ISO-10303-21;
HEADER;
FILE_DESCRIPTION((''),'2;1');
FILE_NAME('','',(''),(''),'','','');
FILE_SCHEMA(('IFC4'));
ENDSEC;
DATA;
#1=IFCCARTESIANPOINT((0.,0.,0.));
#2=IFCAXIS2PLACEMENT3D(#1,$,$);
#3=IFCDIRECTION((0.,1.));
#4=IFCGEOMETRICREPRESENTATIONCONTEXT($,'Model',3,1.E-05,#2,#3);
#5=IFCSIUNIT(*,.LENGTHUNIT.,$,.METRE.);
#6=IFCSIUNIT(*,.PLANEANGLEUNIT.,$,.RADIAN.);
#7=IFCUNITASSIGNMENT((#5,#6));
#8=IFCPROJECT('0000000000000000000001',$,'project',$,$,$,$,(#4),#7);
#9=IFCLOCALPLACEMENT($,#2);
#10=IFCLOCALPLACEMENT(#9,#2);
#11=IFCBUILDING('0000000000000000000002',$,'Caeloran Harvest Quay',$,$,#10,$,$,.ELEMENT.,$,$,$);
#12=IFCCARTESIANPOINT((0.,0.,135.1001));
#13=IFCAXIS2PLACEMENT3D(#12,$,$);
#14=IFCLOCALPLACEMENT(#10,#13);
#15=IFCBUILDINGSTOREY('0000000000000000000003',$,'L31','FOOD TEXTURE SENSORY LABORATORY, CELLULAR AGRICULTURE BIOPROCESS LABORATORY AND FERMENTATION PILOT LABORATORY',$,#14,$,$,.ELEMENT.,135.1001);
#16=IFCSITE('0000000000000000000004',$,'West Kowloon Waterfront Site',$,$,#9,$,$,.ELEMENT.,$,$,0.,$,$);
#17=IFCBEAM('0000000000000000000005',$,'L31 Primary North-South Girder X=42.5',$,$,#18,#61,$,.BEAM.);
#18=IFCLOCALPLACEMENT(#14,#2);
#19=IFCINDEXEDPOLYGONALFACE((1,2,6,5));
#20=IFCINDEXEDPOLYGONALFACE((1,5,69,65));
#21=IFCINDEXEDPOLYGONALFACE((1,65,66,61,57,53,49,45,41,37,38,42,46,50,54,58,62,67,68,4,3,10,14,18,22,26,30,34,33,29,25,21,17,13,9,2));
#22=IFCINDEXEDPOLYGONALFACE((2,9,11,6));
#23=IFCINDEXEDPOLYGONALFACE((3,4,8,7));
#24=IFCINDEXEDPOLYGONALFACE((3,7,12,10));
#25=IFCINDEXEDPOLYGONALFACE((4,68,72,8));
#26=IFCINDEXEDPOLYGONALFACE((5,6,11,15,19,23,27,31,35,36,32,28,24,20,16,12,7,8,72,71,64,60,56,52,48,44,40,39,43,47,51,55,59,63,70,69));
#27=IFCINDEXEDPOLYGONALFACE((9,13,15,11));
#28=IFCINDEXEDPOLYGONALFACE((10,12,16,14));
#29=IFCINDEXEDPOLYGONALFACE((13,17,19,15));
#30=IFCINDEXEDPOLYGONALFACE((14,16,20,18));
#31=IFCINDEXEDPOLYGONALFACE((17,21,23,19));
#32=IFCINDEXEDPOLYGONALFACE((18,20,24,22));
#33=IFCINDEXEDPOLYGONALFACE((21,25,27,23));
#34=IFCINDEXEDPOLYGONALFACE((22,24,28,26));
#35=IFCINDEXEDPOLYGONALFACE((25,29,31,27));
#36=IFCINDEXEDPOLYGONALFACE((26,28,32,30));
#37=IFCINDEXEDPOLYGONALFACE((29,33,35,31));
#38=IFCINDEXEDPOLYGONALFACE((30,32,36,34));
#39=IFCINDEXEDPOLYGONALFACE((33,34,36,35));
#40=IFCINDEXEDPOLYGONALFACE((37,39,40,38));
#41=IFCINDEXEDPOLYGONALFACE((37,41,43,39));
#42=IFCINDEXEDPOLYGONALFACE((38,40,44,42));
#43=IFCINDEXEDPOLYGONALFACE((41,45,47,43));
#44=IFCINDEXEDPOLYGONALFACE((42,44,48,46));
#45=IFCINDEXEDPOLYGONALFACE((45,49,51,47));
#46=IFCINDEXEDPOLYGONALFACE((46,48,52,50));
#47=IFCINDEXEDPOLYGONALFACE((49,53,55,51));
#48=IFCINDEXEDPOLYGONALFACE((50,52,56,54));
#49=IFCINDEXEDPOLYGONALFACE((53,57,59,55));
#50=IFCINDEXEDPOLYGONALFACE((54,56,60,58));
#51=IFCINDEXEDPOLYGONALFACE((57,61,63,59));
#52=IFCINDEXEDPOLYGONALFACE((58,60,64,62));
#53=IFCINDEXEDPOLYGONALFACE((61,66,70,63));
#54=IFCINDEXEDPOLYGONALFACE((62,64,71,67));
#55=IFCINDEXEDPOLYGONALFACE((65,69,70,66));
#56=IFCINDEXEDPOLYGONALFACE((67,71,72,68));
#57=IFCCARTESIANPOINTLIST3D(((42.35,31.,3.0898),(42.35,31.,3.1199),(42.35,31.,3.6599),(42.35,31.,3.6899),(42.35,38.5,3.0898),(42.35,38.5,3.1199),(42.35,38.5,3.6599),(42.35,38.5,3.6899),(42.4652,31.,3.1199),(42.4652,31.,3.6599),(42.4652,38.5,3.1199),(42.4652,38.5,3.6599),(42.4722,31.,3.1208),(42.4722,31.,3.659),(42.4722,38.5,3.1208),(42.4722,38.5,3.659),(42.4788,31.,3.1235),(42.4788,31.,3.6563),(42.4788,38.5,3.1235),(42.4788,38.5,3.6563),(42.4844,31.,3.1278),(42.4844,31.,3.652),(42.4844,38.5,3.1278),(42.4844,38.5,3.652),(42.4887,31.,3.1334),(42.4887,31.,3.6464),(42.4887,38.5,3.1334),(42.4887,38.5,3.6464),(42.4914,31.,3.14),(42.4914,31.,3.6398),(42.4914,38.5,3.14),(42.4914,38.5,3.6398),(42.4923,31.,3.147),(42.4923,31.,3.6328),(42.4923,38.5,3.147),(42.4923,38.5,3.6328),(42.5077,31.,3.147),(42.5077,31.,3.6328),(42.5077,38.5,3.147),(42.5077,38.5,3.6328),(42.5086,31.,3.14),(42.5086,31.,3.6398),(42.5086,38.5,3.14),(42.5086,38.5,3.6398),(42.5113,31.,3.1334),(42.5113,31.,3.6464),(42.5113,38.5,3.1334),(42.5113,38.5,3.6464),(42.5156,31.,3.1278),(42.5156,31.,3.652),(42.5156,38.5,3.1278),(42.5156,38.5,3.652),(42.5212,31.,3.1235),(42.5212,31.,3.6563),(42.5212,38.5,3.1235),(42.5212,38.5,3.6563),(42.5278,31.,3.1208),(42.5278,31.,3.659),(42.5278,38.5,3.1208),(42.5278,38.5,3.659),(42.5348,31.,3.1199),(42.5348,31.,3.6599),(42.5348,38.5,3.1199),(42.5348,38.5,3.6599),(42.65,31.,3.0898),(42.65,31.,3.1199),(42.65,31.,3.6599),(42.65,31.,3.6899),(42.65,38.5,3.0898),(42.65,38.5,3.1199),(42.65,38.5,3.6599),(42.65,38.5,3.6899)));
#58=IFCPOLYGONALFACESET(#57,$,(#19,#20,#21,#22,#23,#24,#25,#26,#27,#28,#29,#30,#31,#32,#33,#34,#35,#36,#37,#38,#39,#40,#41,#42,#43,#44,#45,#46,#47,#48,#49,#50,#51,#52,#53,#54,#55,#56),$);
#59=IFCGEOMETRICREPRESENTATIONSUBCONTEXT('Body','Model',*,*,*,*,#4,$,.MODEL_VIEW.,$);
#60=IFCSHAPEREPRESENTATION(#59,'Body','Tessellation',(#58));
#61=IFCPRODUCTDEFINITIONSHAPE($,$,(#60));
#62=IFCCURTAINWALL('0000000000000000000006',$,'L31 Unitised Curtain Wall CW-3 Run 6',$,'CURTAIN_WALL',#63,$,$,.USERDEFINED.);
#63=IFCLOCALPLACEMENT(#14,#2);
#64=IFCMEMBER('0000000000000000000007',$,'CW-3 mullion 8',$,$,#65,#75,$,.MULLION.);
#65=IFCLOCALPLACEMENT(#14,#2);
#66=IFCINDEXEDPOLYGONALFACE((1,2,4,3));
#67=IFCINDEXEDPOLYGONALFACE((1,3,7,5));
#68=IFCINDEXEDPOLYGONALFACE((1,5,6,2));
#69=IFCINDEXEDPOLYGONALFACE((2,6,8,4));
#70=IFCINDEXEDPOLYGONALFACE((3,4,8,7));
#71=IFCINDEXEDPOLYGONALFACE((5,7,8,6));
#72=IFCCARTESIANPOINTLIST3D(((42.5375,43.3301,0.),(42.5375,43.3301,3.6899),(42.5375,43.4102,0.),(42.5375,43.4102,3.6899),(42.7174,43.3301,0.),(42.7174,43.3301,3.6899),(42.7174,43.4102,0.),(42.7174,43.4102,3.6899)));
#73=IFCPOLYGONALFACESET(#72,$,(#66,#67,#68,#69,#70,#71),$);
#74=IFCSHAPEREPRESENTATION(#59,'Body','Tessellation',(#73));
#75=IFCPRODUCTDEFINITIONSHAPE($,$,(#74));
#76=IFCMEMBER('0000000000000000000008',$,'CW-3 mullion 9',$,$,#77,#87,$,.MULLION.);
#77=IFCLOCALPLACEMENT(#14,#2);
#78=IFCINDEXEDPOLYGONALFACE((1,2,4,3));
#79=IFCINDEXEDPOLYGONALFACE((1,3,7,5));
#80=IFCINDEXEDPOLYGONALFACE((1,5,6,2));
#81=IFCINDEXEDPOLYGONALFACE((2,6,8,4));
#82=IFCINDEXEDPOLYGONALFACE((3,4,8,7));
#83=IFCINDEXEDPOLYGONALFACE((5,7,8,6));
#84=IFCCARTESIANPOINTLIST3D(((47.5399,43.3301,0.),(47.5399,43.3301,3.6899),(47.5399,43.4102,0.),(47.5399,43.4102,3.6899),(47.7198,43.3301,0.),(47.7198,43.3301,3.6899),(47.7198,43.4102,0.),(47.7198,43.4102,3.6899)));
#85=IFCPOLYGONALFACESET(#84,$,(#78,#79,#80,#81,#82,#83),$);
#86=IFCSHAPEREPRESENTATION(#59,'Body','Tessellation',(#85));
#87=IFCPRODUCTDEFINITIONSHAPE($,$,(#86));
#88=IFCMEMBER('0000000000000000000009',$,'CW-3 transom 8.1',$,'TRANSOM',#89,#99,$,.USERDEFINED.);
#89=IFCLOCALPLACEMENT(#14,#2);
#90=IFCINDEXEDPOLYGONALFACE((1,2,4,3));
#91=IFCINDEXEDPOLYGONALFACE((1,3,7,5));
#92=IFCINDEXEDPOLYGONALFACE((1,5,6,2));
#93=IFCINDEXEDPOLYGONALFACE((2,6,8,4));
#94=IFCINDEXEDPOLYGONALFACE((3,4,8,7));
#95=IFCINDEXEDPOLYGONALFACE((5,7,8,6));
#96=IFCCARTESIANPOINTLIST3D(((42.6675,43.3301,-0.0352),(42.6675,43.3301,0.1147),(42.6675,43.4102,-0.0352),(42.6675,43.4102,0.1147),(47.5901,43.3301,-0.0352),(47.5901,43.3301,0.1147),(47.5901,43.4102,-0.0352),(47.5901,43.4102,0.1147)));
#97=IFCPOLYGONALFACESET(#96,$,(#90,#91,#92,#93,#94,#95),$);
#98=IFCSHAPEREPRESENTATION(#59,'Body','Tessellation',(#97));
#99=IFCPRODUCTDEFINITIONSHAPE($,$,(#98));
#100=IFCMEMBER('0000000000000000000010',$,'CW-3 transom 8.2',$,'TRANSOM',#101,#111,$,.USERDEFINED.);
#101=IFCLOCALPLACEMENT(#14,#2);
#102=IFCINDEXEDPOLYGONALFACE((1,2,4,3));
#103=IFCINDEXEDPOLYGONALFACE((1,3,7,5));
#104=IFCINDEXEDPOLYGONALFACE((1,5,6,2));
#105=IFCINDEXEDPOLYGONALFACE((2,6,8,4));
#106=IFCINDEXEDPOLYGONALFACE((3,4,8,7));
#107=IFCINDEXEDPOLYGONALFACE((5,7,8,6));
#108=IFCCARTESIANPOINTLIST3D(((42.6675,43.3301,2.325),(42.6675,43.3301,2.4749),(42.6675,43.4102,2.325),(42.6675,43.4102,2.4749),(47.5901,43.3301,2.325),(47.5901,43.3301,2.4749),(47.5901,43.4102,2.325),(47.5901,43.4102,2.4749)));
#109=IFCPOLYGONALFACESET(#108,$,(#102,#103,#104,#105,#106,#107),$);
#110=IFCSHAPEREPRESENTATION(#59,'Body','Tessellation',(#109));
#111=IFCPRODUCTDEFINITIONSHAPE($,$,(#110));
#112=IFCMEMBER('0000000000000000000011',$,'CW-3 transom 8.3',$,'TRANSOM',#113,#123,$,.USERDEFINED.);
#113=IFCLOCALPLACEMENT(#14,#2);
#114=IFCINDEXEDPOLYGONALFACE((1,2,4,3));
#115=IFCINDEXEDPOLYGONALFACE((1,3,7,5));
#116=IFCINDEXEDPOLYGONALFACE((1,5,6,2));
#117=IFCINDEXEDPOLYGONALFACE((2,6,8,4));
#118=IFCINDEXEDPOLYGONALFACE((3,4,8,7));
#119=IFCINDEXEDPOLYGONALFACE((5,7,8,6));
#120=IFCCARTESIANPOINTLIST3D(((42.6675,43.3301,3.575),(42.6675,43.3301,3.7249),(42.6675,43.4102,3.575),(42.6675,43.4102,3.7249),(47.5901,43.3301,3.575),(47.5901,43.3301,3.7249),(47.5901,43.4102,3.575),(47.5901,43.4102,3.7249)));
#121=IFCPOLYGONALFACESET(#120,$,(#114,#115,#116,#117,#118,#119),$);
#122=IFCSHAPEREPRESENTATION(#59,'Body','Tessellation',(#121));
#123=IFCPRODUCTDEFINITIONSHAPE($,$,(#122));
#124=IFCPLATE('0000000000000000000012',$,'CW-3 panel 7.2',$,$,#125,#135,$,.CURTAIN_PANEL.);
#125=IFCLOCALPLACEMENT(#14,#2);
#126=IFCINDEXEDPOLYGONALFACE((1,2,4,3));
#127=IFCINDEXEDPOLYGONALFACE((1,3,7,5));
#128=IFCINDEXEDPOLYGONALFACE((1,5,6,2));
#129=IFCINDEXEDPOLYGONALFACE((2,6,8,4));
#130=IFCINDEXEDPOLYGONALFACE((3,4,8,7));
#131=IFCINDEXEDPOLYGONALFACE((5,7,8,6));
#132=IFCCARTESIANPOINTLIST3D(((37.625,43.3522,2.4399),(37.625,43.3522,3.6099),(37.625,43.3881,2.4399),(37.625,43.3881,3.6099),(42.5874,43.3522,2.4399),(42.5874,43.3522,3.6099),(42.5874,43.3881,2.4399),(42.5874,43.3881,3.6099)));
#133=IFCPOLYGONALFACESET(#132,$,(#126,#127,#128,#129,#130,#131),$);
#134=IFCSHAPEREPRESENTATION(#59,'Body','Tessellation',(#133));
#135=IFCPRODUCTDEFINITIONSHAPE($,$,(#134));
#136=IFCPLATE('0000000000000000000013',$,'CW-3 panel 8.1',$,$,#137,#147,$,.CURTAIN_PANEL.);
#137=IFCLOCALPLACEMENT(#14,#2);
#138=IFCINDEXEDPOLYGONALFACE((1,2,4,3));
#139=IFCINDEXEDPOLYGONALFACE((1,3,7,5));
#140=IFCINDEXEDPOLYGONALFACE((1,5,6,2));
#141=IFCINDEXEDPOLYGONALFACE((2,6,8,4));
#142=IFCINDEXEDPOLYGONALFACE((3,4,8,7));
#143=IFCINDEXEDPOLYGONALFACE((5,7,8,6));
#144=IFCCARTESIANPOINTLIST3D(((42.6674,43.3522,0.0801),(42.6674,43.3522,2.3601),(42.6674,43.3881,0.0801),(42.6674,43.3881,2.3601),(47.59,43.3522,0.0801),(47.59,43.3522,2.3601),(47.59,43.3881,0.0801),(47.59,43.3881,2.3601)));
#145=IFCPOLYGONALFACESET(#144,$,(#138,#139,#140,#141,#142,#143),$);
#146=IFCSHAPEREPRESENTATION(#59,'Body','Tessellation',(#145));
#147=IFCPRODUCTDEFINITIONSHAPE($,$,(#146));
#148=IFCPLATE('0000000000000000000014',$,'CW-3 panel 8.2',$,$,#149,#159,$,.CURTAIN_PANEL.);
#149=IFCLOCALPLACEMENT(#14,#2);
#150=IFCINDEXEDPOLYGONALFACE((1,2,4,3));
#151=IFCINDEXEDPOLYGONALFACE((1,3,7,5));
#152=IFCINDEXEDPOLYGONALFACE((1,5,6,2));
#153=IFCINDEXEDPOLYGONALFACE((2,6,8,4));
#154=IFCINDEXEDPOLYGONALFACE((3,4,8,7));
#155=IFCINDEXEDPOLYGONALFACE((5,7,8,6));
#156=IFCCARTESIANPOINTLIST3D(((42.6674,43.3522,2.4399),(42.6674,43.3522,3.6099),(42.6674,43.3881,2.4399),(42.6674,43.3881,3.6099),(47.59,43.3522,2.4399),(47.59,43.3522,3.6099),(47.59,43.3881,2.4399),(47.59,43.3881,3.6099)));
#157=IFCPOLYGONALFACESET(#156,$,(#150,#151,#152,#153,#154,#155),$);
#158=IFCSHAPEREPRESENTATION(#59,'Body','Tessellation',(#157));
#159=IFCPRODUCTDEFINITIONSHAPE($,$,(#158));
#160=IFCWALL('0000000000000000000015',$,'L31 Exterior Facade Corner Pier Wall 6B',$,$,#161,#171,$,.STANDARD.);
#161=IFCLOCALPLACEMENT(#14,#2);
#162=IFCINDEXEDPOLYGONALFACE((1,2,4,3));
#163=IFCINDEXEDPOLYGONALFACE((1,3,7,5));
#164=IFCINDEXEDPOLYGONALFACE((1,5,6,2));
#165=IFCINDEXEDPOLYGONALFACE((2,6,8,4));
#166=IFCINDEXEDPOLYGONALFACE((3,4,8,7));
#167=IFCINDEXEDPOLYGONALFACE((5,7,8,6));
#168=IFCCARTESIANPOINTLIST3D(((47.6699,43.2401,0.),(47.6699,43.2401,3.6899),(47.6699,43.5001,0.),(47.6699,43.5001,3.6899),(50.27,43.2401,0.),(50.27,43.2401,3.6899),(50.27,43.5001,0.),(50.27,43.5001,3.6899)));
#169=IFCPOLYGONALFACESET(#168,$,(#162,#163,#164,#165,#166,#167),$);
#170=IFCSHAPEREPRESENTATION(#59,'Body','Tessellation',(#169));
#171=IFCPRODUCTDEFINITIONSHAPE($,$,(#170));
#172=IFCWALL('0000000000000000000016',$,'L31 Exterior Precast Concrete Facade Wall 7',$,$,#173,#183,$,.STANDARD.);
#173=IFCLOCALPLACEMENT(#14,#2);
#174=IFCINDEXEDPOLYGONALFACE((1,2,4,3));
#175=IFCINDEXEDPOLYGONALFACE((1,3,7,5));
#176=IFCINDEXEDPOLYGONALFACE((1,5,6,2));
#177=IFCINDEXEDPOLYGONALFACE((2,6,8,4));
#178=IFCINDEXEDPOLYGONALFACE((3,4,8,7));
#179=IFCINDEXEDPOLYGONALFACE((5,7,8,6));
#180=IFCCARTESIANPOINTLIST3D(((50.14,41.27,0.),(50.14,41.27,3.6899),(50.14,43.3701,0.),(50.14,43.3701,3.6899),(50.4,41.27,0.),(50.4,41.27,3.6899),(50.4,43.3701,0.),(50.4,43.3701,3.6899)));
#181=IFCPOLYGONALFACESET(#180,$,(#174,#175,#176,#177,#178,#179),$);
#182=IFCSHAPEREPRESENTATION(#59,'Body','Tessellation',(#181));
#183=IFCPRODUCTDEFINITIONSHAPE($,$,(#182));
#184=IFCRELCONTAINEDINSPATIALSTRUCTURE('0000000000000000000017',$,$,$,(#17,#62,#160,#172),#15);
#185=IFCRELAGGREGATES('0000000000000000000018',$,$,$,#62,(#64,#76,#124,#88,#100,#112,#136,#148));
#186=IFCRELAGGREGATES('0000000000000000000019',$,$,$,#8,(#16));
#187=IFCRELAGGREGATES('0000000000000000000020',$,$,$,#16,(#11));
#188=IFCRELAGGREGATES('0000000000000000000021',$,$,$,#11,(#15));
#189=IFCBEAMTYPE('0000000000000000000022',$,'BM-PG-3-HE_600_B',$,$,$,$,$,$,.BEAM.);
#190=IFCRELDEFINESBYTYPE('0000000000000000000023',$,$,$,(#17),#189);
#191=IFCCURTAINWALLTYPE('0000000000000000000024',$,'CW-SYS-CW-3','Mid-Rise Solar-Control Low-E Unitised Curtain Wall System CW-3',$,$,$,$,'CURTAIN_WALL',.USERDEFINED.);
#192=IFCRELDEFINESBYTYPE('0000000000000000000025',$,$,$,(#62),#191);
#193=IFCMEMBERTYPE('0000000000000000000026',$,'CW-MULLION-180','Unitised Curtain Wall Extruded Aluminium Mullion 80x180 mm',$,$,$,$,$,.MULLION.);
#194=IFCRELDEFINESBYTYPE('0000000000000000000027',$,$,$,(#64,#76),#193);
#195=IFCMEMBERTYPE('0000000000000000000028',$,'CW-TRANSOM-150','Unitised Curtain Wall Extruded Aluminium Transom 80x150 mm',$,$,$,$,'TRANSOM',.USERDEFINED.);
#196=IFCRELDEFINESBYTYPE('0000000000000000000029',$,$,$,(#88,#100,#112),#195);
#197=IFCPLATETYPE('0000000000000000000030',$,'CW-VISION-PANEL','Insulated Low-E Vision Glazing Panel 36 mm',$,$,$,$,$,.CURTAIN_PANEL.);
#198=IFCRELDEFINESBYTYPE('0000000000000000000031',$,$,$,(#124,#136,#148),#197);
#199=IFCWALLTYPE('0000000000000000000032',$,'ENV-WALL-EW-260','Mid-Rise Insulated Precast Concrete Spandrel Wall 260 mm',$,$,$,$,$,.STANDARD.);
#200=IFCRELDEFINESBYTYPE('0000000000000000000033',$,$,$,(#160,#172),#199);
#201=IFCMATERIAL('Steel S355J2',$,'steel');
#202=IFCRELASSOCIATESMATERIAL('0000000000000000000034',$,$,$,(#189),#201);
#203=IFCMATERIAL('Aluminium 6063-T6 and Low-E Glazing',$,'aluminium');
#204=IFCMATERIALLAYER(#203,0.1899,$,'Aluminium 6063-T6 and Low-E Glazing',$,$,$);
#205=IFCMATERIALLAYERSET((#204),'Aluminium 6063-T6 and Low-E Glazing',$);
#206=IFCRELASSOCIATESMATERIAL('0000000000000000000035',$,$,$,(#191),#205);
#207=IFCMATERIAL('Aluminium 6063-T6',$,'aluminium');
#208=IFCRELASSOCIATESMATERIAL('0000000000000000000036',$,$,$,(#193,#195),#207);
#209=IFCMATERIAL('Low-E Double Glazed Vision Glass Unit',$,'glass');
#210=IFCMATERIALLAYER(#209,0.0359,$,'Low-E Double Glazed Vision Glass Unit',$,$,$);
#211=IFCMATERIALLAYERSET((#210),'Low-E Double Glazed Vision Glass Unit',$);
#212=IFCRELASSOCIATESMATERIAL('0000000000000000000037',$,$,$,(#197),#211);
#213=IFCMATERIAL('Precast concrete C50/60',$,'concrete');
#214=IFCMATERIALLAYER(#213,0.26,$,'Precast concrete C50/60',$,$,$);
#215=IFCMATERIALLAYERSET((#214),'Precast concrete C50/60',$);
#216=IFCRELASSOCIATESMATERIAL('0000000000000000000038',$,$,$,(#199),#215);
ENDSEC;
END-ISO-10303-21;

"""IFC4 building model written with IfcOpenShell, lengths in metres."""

from ifc_helpers import new_model, si_unit, direction, frame, frame_2d, origin, origin_2d, place, context, subcontext, project, spatial, rectangle, i_section, extrude, material, layer, layer_set, material_profile, profile_set, type_object, element, aggregate, save


model = new_model("IFC4")

# Units and contexts
model_context = context("Model", 3, precision=1e-05, world=origin(), true_north=direction((0.0, 1.0)))
body_context = subcontext(model_context, "Body", "Model", "MODEL_VIEW")
ifc_project = project(units=[si_unit("LENGTHUNIT", "METRE"), si_unit("PLANEANGLEUNIT", "RADIAN")], contexts=[model_context])

# Site, building, storey
site_placement = place(None, origin())
site = spatial("IfcSite", under=ifc_project, at=site_placement, Name="West Kowloon Waterfront Site", CompositionType="ELEMENT", RefElevation=0.0)
building_placement = place(site_placement, origin())
building = spatial("IfcBuilding", under=site, at=building_placement, Name="Caeloran Harvest Quay", CompositionType="ELEMENT")
storey_placement = place(building_placement, frame((0.0, 0.0, 135.1001)))
storey = spatial("IfcBuildingStorey", under=building, at=storey_placement, Name="L31", Description="FOOD TEXTURE SENSORY LABORATORY, CELLULAR AGRICULTURE BIOPROCESS LABORATORY AND FERMENTATION PILOT LABORATORY", CompositionType="ELEMENT", Elevation=135.1001)

# Beam
ifc_material_1 = material(Name="Steel S355J2", Category="steel")
ifc_material_profile_1 = material_profile(ifc_material_1, i_section(OverallWidth=0.3, OverallDepth=0.6001, WebThickness=0.0154, FlangeThickness=0.03, FilletRadius=0.0271, at=origin_2d()), Name="HE 600 B")
ifc_profile_set_1 = profile_set([ifc_material_profile_1], Name="Steel S355J2")
beam_type = type_object("IfcBeamType", Name="BM-PG-3-HE_600_B", PredefinedType="BEAM", material=ifc_profile_set_1)
beam_1_placement = place(storey_placement, frame((42.5, 31.0, 3.3899), z_axis=(0.0, 1.0, 0.0), x_axis=(-1.0, 0.0, 0.0)))
element("IfcBeam", 1, at=beam_1_placement, inside=storey, type_object=beam_type, Name="L31 Primary North-South Girder X=42.5", PredefinedType="BEAM", context=body_context, shape_type="SweptSolid", body=[
    extrude(i_section(OverallWidth=0.3, OverallDepth=0.6001, WebThickness=0.0154, FlangeThickness=0.03, FilletRadius=0.0271, at=origin_2d()), origin(), (0.0, 0.0, 1.0), 7.5),
])

# Curtain wall, members, plates
ifc_material_2 = material(Name="Aluminium 6063-T6 and Low-E Glazing", Category="aluminium")
ifc_layer_1 = layer(ifc_material_2, 0.1899, Name="Aluminium 6063-T6 and Low-E Glazing")
ifc_layer_set_1 = layer_set([ifc_layer_1], Name="Aluminium 6063-T6 and Low-E Glazing")
curtain_wall_type = type_object("IfcCurtainWallType", Name="CW-SYS-CW-3", Description="Mid-Rise Solar-Control Low-E Unitised Curtain Wall System CW-3", ElementType="CURTAIN_WALL", PredefinedType="USERDEFINED", material=ifc_layer_set_1)
curtain_wall_placement = place(storey_placement, origin())
curtain_wall = element("IfcCurtainWall", 2, at=curtain_wall_placement, inside=storey, type_object=curtain_wall_type, Name="L31 Unitised Curtain Wall CW-3 Run 6", ObjectType="CURTAIN_WALL", PredefinedType="USERDEFINED")
ifc_material_3 = material(Name="Aluminium 6063-T6", Category="aluminium")
ifc_material_profile_2 = material_profile(ifc_material_3, rectangle(XDim=0.0801, YDim=0.1799, at=origin_2d()), Name="CW-MULLION-180")
ifc_profile_set_2 = profile_set([ifc_material_profile_2], Name="Aluminium 6063-T6")
member_type_1 = type_object("IfcMemberType", Name="CW-MULLION-180", Description="Unitised Curtain Wall Extruded Aluminium Mullion 80x180 mm", PredefinedType="MULLION", material=ifc_profile_set_2)
member_1_placement = place(storey_placement, frame((42.6274, 43.3701, 0.0), z_axis=(0.0, 0.0, 1.0), x_axis=(0.0, 1.0, 0.0)))
member_1 = element("IfcMember", 3, at=member_1_placement, type_object=member_type_1, Name="CW-3 mullion 8", PredefinedType="MULLION", context=body_context, shape_type="SweptSolid", body=[
    extrude(rectangle(XDim=0.0801, YDim=0.1799, at=origin_2d()), origin(), (0.0, 0.0, 1.0), 3.6899),
])
member_2_placement = place(storey_placement, frame((47.6299, 43.3701, 0.0), z_axis=(0.0, 0.0, 1.0), x_axis=(0.0, 1.0, 0.0)))
member_2 = element("IfcMember", 4, at=member_2_placement, type_object=member_type_1, Name="CW-3 mullion 9", PredefinedType="MULLION", context=body_context, shape_type="SweptSolid", body=[
    extrude(rectangle(XDim=0.0801, YDim=0.1799, at=origin_2d()), origin(), (0.0, 0.0, 1.0), 3.6899),
])
ifc_material_profile_3 = material_profile(ifc_material_3, rectangle(XDim=0.0801, YDim=0.1499, at=origin_2d()), Name="CW-TRANSOM-150")
ifc_profile_set_3 = profile_set([ifc_material_profile_3], Name="Aluminium 6063-T6")
member_type_2 = type_object("IfcMemberType", Name="CW-TRANSOM-150", Description="Unitised Curtain Wall Extruded Aluminium Transom 80x150 mm", ElementType="TRANSOM", PredefinedType="USERDEFINED", material=ifc_profile_set_3)
member_3_placement = place(storey_placement, frame((42.6675, 43.3701, 0.0398), z_axis=(1.0, 0.0, 0.0), x_axis=(0.0, 1.0, 0.0)))
member_3 = element("IfcMember", 5, at=member_3_placement, type_object=member_type_2, Name="CW-3 transom 8.1", ObjectType="TRANSOM", PredefinedType="USERDEFINED", context=body_context, shape_type="SweptSolid", body=[
    extrude(rectangle(XDim=0.0801, YDim=0.1499, at=origin_2d()), origin(), (0.0, 0.0, 1.0), 4.9226),
])
member_4_placement = place(storey_placement, frame((42.6675, 43.3701, 2.3999), z_axis=(1.0, 0.0, 0.0), x_axis=(0.0, 1.0, 0.0)))
member_4 = element("IfcMember", 6, at=member_4_placement, type_object=member_type_2, Name="CW-3 transom 8.2", ObjectType="TRANSOM", PredefinedType="USERDEFINED", context=body_context, shape_type="SweptSolid", body=[
    extrude(rectangle(XDim=0.0801, YDim=0.1499, at=origin_2d()), origin(), (0.0, 0.0, 1.0), 4.9226),
])
member_5_placement = place(storey_placement, frame((42.6675, 43.3701, 3.6499), z_axis=(1.0, 0.0, 0.0), x_axis=(0.0, 1.0, 0.0)))
member_5 = element("IfcMember", 7, at=member_5_placement, type_object=member_type_2, Name="CW-3 transom 8.3", ObjectType="TRANSOM", PredefinedType="USERDEFINED", context=body_context, shape_type="SweptSolid", body=[
    extrude(rectangle(XDim=0.0801, YDim=0.1499, at=origin_2d()), origin(), (0.0, 0.0, 1.0), 4.9226),
])
ifc_material_4 = material(Name="Low-E Double Glazed Vision Glass Unit", Category="glass")
ifc_layer_2 = layer(ifc_material_4, 0.0359, Name="Low-E Double Glazed Vision Glass Unit")
ifc_layer_set_2 = layer_set([ifc_layer_2], Name="Low-E Double Glazed Vision Glass Unit")
plate_type = type_object("IfcPlateType", Name="CW-VISION-PANEL", Description="Insulated Low-E Vision Glazing Panel 36 mm", PredefinedType="CURTAIN_PANEL", material=ifc_layer_set_2)
plate_1_placement = place(storey_placement, frame((40.1062, 43.3701, 2.4399), z_axis=(0.0, 0.0, 1.0), x_axis=(1.0, 0.0, 0.0)))
plate_1 = element("IfcPlate", 8, at=plate_1_placement, type_object=plate_type, Name="CW-3 panel 7.2", PredefinedType="CURTAIN_PANEL", context=body_context, shape_type="SweptSolid", body=[
    extrude(rectangle(XDim=4.9624, YDim=0.0359, at=origin_2d()), origin(), (0.0, 0.0, 1.0), 1.1699),
])
plate_2_placement = place(storey_placement, frame((45.1287, 43.3701, 0.0801), z_axis=(0.0, 0.0, 1.0), x_axis=(1.0, 0.0, 0.0)))
plate_2 = element("IfcPlate", 9, at=plate_2_placement, type_object=plate_type, Name="CW-3 panel 8.1", PredefinedType="CURTAIN_PANEL", context=body_context, shape_type="SweptSolid", body=[
    extrude(rectangle(XDim=4.9226, YDim=0.0359, at=origin_2d()), origin(), (0.0, 0.0, 1.0), 2.28),
])
plate_3_placement = place(storey_placement, frame((45.1287, 43.3701, 2.4399), z_axis=(0.0, 0.0, 1.0), x_axis=(1.0, 0.0, 0.0)))
plate_3 = element("IfcPlate", 10, at=plate_3_placement, type_object=plate_type, Name="CW-3 panel 8.2", PredefinedType="CURTAIN_PANEL", context=body_context, shape_type="SweptSolid", body=[
    extrude(rectangle(XDim=4.9226, YDim=0.0359, at=origin_2d()), origin(), (0.0, 0.0, 1.0), 1.1699),
])
aggregate(curtain_wall, [member_1, member_2, plate_1, member_3, member_4, member_5, plate_2, plate_3])

# Walls
ifc_material_5 = material(Name="Precast concrete C50/60", Category="concrete")
ifc_layer_3 = layer(ifc_material_5, 0.26, Name="Precast concrete C50/60")
ifc_layer_set_3 = layer_set([ifc_layer_3], Name="Precast concrete C50/60")
wall_type_1 = type_object("IfcWallType", Name="ENV-WALL-EW-260", Description="Mid-Rise Insulated Precast Concrete Spandrel Wall 260 mm", PredefinedType="STANDARD", material=ifc_layer_set_3)
wall_1_placement = place(storey_placement, frame((47.6699, 43.3701, 0.0), z_axis=(0.0, 0.0, 1.0), x_axis=(1.0, 0.0, 0.0)))
element("IfcWall", 11, at=wall_1_placement, inside=storey, type_object=wall_type_1, Name="L31 Exterior Facade Corner Pier Wall 6B", PredefinedType="STANDARD", context=body_context, shape_type="SweptSolid", body=[
    extrude(rectangle(XDim=2.6001, YDim=0.26, at=frame_2d((1.3, 0.0))), origin(), (0.0, 0.0, 1.0), 3.6899),
])
wall_2_placement = place(storey_placement, frame((50.27, 43.3701, 0.0), z_axis=(0.0, 0.0, 1.0), x_axis=(0.0, -1.0, 0.0)))
element("IfcWall", 12, at=wall_2_placement, inside=storey, type_object=wall_type_1, Name="L31 Exterior Precast Concrete Facade Wall 7", PredefinedType="STANDARD", context=body_context, shape_type="SweptSolid", body=[
    extrude(rectangle(XDim=2.1001, YDim=0.26, at=frame_2d((1.05, 0.0))), origin(), (0.0, 0.0, 1.0), 3.6899),
])

save(model, "model.ifc")
